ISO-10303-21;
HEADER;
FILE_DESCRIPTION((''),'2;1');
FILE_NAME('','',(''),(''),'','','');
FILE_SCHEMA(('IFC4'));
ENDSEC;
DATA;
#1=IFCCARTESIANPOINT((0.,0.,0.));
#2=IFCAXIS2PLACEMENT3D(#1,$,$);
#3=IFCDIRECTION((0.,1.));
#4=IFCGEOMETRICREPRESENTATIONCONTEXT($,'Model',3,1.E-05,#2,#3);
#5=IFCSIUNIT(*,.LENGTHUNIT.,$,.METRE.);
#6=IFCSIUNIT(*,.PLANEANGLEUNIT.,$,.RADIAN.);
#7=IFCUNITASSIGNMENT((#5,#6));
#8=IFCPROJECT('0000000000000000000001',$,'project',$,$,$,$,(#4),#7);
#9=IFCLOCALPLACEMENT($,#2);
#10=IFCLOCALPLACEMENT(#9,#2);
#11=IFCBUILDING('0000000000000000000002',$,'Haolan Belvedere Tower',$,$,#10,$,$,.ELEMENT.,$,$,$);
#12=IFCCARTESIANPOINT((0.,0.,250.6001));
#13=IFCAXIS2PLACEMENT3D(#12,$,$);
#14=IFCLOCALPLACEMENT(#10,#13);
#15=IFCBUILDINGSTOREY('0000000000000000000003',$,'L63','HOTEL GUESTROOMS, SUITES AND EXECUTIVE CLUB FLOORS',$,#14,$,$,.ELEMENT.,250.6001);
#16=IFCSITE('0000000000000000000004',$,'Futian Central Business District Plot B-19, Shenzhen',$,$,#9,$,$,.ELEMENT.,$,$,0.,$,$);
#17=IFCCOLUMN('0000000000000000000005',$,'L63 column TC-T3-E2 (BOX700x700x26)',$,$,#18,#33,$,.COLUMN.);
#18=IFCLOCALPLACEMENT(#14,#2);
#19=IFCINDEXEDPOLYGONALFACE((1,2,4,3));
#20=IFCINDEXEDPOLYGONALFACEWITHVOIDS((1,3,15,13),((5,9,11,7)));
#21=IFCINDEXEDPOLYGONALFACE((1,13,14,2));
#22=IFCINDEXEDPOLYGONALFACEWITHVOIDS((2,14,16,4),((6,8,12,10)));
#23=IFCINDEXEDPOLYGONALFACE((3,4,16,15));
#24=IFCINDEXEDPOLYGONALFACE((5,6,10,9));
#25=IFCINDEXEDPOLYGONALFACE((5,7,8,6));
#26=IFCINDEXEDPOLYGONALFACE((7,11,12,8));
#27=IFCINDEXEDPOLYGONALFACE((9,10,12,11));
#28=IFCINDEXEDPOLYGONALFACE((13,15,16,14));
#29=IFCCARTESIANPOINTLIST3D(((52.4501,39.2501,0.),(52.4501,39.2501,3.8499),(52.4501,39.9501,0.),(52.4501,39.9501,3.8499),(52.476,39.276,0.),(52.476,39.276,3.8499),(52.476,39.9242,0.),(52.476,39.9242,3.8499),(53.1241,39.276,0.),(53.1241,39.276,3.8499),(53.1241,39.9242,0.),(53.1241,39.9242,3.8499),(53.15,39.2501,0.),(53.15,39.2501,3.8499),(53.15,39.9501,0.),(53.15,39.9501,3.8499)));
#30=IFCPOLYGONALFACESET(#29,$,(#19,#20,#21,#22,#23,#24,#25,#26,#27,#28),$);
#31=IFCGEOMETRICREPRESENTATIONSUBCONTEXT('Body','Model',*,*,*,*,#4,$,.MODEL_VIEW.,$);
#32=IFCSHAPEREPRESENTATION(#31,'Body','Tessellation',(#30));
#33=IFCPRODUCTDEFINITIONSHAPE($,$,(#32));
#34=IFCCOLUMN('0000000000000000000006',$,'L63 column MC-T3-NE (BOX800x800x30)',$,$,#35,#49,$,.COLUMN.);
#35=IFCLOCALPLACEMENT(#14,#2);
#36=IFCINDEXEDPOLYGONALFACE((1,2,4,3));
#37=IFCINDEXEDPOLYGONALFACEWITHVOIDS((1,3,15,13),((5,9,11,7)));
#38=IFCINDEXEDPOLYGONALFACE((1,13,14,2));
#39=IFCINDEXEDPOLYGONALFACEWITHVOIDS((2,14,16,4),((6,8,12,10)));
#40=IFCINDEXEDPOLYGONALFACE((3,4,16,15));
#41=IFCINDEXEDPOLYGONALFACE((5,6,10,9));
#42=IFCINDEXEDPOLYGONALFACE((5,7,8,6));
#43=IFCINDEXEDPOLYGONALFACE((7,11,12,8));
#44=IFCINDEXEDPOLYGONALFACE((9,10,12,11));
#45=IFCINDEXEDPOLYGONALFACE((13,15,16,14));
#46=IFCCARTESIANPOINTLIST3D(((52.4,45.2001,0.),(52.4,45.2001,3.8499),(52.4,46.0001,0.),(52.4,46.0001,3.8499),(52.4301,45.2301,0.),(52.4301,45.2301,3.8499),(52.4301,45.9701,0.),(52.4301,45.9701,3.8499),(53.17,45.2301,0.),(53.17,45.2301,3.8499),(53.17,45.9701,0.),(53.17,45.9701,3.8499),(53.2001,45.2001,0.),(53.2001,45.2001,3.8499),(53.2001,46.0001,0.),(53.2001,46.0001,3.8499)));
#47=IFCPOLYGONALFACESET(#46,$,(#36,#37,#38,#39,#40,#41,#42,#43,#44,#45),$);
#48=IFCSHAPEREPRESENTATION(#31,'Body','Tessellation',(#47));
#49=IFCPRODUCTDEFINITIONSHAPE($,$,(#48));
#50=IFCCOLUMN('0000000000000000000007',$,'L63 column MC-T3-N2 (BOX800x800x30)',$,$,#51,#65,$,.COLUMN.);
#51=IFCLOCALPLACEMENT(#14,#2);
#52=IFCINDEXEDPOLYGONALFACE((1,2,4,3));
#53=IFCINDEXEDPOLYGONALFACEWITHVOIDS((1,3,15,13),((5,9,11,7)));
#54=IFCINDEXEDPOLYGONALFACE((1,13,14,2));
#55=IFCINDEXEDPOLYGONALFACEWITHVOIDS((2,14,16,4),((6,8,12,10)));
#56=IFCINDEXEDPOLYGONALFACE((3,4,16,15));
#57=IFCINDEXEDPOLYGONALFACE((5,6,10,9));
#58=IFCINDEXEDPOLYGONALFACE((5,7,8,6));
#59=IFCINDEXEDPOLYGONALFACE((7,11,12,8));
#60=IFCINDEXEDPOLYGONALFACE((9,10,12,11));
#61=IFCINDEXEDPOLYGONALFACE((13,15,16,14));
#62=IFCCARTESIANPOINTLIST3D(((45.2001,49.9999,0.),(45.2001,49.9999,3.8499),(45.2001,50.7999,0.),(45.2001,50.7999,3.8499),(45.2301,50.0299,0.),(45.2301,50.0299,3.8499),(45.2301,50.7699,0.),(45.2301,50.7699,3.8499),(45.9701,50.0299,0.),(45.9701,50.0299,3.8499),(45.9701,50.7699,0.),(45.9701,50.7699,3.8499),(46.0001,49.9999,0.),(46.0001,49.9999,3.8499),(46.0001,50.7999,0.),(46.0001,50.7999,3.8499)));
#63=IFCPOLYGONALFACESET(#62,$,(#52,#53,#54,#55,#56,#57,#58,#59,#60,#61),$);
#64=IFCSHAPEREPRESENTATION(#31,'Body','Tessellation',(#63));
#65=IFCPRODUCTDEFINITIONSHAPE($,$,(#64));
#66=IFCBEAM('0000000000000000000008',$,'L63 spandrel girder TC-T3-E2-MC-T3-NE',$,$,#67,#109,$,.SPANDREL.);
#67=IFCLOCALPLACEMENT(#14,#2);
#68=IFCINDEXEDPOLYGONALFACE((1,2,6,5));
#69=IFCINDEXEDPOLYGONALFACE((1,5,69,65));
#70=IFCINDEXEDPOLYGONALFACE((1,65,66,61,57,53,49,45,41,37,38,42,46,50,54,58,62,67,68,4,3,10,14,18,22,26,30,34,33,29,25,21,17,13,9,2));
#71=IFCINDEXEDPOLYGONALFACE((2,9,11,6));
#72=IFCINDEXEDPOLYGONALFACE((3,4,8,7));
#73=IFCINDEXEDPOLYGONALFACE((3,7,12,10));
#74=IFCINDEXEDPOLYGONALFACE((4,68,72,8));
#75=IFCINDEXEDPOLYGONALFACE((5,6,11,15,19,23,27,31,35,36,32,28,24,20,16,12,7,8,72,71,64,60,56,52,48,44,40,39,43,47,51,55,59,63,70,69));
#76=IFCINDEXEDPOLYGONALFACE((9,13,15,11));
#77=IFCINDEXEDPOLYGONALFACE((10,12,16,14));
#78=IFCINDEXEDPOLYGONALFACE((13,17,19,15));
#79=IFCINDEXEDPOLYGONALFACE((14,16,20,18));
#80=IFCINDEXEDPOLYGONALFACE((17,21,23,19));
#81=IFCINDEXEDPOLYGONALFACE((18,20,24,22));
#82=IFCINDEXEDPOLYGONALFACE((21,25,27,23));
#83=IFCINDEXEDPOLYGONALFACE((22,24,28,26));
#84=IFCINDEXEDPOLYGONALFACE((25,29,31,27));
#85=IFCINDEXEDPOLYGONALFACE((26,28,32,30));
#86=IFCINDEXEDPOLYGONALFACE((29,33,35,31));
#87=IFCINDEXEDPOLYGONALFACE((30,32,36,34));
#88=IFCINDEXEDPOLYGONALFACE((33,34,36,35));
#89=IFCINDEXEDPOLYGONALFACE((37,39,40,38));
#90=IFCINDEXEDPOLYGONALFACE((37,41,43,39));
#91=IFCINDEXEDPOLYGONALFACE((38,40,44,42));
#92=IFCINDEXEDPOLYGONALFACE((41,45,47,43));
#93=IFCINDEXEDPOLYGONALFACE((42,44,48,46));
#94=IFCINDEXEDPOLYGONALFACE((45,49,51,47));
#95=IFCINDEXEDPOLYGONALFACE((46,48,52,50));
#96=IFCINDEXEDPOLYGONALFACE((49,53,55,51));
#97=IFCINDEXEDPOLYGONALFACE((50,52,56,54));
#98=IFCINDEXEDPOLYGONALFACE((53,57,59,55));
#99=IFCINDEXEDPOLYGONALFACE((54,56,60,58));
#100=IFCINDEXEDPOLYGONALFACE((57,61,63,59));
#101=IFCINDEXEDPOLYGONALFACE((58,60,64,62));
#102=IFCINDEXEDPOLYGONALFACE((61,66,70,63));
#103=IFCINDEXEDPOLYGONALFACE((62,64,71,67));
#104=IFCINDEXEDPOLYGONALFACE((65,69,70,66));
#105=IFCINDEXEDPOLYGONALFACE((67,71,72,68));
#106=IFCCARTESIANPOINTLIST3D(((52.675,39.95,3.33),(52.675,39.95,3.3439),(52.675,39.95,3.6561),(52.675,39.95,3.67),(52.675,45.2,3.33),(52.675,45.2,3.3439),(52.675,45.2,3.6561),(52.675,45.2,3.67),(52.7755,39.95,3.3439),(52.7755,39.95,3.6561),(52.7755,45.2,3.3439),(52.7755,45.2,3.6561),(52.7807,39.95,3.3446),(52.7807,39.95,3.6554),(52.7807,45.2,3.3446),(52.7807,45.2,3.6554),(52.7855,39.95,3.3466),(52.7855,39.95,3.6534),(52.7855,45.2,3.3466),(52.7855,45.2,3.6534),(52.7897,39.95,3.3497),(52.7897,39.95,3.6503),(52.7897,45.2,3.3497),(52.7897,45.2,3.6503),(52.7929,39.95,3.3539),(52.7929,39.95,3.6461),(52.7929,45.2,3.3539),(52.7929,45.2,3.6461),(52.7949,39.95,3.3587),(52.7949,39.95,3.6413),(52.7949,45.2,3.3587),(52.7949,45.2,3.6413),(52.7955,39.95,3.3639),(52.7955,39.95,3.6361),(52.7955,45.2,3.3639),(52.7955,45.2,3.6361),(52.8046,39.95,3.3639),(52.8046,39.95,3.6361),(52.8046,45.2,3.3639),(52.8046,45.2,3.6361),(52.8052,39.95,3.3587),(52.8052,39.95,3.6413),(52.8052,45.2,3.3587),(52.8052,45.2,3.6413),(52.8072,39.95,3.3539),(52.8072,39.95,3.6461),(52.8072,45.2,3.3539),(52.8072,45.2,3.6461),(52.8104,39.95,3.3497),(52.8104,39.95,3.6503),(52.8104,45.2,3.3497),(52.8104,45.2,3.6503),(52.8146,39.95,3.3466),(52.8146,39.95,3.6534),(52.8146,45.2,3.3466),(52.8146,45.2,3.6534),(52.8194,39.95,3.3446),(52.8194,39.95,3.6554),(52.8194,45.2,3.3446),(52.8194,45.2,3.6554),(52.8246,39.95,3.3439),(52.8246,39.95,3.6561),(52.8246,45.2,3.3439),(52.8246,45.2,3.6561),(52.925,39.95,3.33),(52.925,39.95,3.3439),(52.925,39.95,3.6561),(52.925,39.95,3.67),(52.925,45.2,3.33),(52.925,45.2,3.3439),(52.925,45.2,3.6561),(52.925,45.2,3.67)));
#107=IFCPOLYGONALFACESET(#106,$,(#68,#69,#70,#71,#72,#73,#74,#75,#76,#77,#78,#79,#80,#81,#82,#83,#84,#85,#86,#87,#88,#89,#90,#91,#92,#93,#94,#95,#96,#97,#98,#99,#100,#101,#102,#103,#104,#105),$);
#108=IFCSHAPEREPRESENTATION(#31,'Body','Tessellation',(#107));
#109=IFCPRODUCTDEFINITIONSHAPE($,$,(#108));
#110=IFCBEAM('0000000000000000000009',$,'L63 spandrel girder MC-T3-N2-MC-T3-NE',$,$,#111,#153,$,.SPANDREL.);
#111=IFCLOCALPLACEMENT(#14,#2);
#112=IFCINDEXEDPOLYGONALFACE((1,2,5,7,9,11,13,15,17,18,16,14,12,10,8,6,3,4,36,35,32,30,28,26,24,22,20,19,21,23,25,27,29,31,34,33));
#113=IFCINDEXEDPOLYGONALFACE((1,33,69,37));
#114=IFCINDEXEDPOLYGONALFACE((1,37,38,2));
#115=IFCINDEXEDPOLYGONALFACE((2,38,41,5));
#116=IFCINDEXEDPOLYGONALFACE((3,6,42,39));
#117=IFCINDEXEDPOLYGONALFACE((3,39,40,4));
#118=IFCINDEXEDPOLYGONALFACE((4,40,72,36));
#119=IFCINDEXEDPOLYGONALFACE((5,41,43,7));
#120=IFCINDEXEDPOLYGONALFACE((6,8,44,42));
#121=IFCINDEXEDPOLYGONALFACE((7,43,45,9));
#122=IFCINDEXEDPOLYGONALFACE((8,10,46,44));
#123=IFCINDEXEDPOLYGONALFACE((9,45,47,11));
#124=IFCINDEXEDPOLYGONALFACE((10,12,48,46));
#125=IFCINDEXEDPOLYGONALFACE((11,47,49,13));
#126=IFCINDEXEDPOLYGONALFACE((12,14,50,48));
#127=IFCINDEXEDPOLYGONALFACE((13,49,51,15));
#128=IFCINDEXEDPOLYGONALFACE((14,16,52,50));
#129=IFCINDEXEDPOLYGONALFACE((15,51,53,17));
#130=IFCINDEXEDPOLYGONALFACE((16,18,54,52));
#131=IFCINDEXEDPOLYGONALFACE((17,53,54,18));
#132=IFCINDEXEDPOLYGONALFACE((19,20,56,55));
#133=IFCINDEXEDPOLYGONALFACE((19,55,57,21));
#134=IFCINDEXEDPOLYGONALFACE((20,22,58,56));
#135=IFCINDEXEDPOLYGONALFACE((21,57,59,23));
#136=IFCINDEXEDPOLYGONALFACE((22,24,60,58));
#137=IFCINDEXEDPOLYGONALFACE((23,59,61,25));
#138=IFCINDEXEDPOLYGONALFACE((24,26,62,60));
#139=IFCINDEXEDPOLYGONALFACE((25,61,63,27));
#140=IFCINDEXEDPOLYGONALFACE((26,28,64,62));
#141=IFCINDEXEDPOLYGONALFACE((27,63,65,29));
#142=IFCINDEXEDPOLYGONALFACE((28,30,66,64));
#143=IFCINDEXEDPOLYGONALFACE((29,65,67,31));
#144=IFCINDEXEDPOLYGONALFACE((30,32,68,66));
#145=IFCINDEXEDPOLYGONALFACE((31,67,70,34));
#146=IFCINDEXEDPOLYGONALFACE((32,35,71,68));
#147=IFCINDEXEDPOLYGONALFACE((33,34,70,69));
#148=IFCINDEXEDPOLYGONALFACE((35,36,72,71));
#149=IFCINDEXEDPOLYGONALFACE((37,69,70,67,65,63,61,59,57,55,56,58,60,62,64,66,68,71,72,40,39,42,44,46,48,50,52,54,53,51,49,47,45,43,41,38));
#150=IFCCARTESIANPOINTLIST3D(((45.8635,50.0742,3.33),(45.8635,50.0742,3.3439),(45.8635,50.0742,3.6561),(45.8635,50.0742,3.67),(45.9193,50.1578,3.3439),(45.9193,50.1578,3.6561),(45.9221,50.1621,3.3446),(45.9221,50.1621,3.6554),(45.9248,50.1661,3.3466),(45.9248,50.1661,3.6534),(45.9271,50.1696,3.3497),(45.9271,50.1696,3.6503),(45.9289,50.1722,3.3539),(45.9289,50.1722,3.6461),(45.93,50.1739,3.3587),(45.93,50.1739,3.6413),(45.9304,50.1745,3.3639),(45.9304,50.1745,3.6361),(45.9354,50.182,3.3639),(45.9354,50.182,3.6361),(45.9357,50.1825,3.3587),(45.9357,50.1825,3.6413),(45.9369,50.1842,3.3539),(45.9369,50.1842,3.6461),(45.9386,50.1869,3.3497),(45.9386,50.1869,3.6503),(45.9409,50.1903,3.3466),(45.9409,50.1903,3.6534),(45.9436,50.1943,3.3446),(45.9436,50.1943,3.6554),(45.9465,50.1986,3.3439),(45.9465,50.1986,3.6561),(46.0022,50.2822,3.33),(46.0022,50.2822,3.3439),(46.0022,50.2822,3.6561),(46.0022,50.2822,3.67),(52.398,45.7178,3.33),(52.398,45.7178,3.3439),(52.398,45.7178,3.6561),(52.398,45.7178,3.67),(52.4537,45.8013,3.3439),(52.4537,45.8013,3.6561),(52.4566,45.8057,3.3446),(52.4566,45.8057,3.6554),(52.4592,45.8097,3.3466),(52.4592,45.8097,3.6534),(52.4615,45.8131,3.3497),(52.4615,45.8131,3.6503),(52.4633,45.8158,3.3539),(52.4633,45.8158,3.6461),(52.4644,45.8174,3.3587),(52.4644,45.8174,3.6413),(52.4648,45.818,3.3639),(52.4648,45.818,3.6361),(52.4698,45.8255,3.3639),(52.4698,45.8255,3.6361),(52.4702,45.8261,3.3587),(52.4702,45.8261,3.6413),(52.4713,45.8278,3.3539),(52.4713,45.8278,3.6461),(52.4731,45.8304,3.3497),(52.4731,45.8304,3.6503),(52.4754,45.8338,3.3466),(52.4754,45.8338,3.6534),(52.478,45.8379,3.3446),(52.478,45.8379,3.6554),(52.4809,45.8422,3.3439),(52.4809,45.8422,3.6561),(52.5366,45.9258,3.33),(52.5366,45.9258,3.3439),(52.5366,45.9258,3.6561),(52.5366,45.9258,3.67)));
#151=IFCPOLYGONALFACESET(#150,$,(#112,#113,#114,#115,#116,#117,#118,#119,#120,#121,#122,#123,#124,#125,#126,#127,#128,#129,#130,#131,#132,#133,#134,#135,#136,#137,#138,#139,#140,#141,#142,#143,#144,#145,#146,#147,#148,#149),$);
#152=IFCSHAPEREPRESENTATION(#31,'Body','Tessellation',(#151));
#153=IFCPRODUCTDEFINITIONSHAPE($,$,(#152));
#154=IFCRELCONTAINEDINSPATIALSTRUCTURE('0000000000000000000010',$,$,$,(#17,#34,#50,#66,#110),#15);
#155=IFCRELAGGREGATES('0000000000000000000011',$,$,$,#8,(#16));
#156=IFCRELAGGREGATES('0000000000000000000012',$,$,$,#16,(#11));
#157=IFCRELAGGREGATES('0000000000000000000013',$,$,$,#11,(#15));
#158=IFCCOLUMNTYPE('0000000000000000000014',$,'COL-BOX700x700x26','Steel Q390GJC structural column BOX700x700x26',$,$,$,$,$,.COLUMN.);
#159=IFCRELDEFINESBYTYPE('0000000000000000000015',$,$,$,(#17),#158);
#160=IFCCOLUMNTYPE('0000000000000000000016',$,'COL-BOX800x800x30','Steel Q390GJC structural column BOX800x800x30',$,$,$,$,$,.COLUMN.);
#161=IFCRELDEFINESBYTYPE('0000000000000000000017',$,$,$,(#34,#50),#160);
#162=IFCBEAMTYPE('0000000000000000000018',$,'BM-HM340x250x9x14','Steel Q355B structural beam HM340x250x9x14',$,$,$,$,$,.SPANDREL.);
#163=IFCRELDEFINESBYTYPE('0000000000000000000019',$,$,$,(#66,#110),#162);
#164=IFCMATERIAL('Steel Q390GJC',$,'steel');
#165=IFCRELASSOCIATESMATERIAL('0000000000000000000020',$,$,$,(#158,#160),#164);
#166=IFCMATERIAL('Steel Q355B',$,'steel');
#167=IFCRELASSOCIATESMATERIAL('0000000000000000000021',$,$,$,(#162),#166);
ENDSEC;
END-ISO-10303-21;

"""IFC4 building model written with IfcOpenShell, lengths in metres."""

from ifc_helpers import new_model, si_unit, direction, frame, origin, origin_2d, place, context, subcontext, project, spatial, hollow_rectangle, i_section, extrude, material, material_profile, profile_set, type_object, element, save


model = new_model("IFC4")

# Units and contexts
model_context = context("Model", 3, precision=1e-05, world=origin(), true_north=direction((0.0, 1.0)))
body_context = subcontext(model_context, "Body", "Model", "MODEL_VIEW")
ifc_project = project(units=[si_unit("LENGTHUNIT", "METRE"), si_unit("PLANEANGLEUNIT", "RADIAN")], contexts=[model_context])

# Site, building, storey
site_placement = place(None, origin())
site = spatial("IfcSite", under=ifc_project, at=site_placement, Name="Futian Central Business District Plot B-19, Shenzhen", CompositionType="ELEMENT", RefElevation=0.0)
building_placement = place(site_placement, origin())
building = spatial("IfcBuilding", under=site, at=building_placement, Name="Haolan Belvedere Tower", CompositionType="ELEMENT")
storey_placement = place(building_placement, frame((0.0, 0.0, 250.6001)))
storey = spatial("IfcBuildingStorey", under=building, at=storey_placement, Name="L63", Description="HOTEL GUESTROOMS, SUITES AND EXECUTIVE CLUB FLOORS", CompositionType="ELEMENT", Elevation=250.6001)

# Columns
ifc_material_1 = material(Name="Steel Q390GJC", Category="steel")
ifc_material_profile_1 = material_profile(ifc_material_1, hollow_rectangle(XDim=0.7, YDim=0.7, WallThickness=0.0259, at=origin_2d()), Name="Steel Q390GJC")
ifc_profile_set_1 = profile_set([ifc_material_profile_1], Name="Steel Q390GJC")
column_type_1 = type_object("IfcColumnType", Name="COL-BOX700x700x26", Description="Steel Q390GJC structural column BOX700x700x26", PredefinedType="COLUMN", material=ifc_profile_set_1)
column_placement = place(storey_placement, frame((52.8, 39.6001, 0.0), z_axis=(0.0, 0.0, 1.0), x_axis=(1.0, 0.0, 0.0)))
element("IfcColumn", 1, at=column_placement, inside=storey, type_object=column_type_1, Name="L63 column TC-T3-E2 (BOX700x700x26)", PredefinedType="COLUMN", context=body_context, shape_type="SweptSolid", body=[
    extrude(hollow_rectangle(XDim=0.7, YDim=0.7, WallThickness=0.0259, at=origin_2d()), origin(), (0.0, 0.0, 1.0), 3.8499),
])
ifc_material_profile_2 = material_profile(ifc_material_1, hollow_rectangle(XDim=0.8, YDim=0.8, WallThickness=0.03, at=origin_2d()), Name="Steel Q390GJC")
ifc_profile_set_2 = profile_set([ifc_material_profile_2], Name="Steel Q390GJC")
column_type_2 = type_object("IfcColumnType", Name="COL-BOX800x800x30", Description="Steel Q390GJC structural column BOX800x800x30", PredefinedType="COLUMN", material=ifc_profile_set_2)
for number, where, z_axis, x_axis, name in (
    (2, (52.8, 45.6001, 0.0), (0.0, 0.0, 1.0), (1.0, 0.0, 0.0), "L63 column MC-T3-NE (BOX800x800x30)"),
    (3, (45.6001, 50.3999, 0.0), (0.0, 0.0, 1.0), (1.0, 0.0, 0.0), "L63 column MC-T3-N2 (BOX800x800x30)"),
):
    element("IfcColumn", number, at=place(storey_placement, frame(where, z_axis=z_axis, x_axis=x_axis)), inside=storey, type_object=column_type_2, Name=name, PredefinedType="COLUMN", context=body_context, shape_type="SweptSolid", body=[
        extrude(hollow_rectangle(XDim=0.8, YDim=0.8, WallThickness=0.03, at=origin_2d()), origin(), (0.0, 0.0, 1.0), 3.8499),
    ])

# Beams
ifc_material_2 = material(Name="Steel Q355B", Category="steel")
ifc_material_profile_3 = material_profile(ifc_material_2, i_section(OverallWidth=0.25, OverallDepth=0.3401, WebThickness=0.009, FlangeThickness=0.0139, FilletRadius=0.02, at=origin_2d()), Name="Steel Q355B")
ifc_profile_set_3 = profile_set([ifc_material_profile_3], Name="Steel Q355B")
beam_type_1 = type_object("IfcBeamType", Name="BM-HM340x250x9x14", Description="Steel Q355B structural beam HM340x250x9x14", PredefinedType="SPANDREL", material=ifc_profile_set_3)
beam_1_placement = place(storey_placement, frame((52.8, 39.95, 3.5), z_axis=(0.0, 1.0, 0.0), x_axis=(-1.0, 0.0, 0.0)))
element("IfcBeam", 4, at=beam_1_placement, inside=storey, type_object=beam_type_1, Name="L63 spandrel girder TC-T3-E2-MC-T3-NE", PredefinedType="SPANDREL", context=body_context, shape_type="SweptSolid", body=[
    extrude(i_section(OverallWidth=0.25, OverallDepth=0.3401, WebThickness=0.009, FlangeThickness=0.0139, FilletRadius=0.02, at=origin_2d()), origin(), (0.0, 0.0, 1.0), 5.25),
])
beam_2_placement = place(storey_placement, frame((45.9329, 50.1782, 3.5), z_axis=(0.832041, -0.554715, 0.0), x_axis=(0.554715, 0.832041, 0.0)))
element("IfcBeam", 5, at=beam_2_placement, inside=storey, type_object=beam_type_1, Name="L63 spandrel girder MC-T3-N2-MC-T3-NE", PredefinedType="SPANDREL", context=body_context, shape_type="SweptSolid", body=[
    extrude(i_section(OverallWidth=0.25, OverallDepth=0.3401, WebThickness=0.009, FlangeThickness=0.0139, FilletRadius=0.02, at=origin_2d()), origin(), (0.0, 0.0, 1.0), 7.8535),
])

save(model, "model.ifc")
